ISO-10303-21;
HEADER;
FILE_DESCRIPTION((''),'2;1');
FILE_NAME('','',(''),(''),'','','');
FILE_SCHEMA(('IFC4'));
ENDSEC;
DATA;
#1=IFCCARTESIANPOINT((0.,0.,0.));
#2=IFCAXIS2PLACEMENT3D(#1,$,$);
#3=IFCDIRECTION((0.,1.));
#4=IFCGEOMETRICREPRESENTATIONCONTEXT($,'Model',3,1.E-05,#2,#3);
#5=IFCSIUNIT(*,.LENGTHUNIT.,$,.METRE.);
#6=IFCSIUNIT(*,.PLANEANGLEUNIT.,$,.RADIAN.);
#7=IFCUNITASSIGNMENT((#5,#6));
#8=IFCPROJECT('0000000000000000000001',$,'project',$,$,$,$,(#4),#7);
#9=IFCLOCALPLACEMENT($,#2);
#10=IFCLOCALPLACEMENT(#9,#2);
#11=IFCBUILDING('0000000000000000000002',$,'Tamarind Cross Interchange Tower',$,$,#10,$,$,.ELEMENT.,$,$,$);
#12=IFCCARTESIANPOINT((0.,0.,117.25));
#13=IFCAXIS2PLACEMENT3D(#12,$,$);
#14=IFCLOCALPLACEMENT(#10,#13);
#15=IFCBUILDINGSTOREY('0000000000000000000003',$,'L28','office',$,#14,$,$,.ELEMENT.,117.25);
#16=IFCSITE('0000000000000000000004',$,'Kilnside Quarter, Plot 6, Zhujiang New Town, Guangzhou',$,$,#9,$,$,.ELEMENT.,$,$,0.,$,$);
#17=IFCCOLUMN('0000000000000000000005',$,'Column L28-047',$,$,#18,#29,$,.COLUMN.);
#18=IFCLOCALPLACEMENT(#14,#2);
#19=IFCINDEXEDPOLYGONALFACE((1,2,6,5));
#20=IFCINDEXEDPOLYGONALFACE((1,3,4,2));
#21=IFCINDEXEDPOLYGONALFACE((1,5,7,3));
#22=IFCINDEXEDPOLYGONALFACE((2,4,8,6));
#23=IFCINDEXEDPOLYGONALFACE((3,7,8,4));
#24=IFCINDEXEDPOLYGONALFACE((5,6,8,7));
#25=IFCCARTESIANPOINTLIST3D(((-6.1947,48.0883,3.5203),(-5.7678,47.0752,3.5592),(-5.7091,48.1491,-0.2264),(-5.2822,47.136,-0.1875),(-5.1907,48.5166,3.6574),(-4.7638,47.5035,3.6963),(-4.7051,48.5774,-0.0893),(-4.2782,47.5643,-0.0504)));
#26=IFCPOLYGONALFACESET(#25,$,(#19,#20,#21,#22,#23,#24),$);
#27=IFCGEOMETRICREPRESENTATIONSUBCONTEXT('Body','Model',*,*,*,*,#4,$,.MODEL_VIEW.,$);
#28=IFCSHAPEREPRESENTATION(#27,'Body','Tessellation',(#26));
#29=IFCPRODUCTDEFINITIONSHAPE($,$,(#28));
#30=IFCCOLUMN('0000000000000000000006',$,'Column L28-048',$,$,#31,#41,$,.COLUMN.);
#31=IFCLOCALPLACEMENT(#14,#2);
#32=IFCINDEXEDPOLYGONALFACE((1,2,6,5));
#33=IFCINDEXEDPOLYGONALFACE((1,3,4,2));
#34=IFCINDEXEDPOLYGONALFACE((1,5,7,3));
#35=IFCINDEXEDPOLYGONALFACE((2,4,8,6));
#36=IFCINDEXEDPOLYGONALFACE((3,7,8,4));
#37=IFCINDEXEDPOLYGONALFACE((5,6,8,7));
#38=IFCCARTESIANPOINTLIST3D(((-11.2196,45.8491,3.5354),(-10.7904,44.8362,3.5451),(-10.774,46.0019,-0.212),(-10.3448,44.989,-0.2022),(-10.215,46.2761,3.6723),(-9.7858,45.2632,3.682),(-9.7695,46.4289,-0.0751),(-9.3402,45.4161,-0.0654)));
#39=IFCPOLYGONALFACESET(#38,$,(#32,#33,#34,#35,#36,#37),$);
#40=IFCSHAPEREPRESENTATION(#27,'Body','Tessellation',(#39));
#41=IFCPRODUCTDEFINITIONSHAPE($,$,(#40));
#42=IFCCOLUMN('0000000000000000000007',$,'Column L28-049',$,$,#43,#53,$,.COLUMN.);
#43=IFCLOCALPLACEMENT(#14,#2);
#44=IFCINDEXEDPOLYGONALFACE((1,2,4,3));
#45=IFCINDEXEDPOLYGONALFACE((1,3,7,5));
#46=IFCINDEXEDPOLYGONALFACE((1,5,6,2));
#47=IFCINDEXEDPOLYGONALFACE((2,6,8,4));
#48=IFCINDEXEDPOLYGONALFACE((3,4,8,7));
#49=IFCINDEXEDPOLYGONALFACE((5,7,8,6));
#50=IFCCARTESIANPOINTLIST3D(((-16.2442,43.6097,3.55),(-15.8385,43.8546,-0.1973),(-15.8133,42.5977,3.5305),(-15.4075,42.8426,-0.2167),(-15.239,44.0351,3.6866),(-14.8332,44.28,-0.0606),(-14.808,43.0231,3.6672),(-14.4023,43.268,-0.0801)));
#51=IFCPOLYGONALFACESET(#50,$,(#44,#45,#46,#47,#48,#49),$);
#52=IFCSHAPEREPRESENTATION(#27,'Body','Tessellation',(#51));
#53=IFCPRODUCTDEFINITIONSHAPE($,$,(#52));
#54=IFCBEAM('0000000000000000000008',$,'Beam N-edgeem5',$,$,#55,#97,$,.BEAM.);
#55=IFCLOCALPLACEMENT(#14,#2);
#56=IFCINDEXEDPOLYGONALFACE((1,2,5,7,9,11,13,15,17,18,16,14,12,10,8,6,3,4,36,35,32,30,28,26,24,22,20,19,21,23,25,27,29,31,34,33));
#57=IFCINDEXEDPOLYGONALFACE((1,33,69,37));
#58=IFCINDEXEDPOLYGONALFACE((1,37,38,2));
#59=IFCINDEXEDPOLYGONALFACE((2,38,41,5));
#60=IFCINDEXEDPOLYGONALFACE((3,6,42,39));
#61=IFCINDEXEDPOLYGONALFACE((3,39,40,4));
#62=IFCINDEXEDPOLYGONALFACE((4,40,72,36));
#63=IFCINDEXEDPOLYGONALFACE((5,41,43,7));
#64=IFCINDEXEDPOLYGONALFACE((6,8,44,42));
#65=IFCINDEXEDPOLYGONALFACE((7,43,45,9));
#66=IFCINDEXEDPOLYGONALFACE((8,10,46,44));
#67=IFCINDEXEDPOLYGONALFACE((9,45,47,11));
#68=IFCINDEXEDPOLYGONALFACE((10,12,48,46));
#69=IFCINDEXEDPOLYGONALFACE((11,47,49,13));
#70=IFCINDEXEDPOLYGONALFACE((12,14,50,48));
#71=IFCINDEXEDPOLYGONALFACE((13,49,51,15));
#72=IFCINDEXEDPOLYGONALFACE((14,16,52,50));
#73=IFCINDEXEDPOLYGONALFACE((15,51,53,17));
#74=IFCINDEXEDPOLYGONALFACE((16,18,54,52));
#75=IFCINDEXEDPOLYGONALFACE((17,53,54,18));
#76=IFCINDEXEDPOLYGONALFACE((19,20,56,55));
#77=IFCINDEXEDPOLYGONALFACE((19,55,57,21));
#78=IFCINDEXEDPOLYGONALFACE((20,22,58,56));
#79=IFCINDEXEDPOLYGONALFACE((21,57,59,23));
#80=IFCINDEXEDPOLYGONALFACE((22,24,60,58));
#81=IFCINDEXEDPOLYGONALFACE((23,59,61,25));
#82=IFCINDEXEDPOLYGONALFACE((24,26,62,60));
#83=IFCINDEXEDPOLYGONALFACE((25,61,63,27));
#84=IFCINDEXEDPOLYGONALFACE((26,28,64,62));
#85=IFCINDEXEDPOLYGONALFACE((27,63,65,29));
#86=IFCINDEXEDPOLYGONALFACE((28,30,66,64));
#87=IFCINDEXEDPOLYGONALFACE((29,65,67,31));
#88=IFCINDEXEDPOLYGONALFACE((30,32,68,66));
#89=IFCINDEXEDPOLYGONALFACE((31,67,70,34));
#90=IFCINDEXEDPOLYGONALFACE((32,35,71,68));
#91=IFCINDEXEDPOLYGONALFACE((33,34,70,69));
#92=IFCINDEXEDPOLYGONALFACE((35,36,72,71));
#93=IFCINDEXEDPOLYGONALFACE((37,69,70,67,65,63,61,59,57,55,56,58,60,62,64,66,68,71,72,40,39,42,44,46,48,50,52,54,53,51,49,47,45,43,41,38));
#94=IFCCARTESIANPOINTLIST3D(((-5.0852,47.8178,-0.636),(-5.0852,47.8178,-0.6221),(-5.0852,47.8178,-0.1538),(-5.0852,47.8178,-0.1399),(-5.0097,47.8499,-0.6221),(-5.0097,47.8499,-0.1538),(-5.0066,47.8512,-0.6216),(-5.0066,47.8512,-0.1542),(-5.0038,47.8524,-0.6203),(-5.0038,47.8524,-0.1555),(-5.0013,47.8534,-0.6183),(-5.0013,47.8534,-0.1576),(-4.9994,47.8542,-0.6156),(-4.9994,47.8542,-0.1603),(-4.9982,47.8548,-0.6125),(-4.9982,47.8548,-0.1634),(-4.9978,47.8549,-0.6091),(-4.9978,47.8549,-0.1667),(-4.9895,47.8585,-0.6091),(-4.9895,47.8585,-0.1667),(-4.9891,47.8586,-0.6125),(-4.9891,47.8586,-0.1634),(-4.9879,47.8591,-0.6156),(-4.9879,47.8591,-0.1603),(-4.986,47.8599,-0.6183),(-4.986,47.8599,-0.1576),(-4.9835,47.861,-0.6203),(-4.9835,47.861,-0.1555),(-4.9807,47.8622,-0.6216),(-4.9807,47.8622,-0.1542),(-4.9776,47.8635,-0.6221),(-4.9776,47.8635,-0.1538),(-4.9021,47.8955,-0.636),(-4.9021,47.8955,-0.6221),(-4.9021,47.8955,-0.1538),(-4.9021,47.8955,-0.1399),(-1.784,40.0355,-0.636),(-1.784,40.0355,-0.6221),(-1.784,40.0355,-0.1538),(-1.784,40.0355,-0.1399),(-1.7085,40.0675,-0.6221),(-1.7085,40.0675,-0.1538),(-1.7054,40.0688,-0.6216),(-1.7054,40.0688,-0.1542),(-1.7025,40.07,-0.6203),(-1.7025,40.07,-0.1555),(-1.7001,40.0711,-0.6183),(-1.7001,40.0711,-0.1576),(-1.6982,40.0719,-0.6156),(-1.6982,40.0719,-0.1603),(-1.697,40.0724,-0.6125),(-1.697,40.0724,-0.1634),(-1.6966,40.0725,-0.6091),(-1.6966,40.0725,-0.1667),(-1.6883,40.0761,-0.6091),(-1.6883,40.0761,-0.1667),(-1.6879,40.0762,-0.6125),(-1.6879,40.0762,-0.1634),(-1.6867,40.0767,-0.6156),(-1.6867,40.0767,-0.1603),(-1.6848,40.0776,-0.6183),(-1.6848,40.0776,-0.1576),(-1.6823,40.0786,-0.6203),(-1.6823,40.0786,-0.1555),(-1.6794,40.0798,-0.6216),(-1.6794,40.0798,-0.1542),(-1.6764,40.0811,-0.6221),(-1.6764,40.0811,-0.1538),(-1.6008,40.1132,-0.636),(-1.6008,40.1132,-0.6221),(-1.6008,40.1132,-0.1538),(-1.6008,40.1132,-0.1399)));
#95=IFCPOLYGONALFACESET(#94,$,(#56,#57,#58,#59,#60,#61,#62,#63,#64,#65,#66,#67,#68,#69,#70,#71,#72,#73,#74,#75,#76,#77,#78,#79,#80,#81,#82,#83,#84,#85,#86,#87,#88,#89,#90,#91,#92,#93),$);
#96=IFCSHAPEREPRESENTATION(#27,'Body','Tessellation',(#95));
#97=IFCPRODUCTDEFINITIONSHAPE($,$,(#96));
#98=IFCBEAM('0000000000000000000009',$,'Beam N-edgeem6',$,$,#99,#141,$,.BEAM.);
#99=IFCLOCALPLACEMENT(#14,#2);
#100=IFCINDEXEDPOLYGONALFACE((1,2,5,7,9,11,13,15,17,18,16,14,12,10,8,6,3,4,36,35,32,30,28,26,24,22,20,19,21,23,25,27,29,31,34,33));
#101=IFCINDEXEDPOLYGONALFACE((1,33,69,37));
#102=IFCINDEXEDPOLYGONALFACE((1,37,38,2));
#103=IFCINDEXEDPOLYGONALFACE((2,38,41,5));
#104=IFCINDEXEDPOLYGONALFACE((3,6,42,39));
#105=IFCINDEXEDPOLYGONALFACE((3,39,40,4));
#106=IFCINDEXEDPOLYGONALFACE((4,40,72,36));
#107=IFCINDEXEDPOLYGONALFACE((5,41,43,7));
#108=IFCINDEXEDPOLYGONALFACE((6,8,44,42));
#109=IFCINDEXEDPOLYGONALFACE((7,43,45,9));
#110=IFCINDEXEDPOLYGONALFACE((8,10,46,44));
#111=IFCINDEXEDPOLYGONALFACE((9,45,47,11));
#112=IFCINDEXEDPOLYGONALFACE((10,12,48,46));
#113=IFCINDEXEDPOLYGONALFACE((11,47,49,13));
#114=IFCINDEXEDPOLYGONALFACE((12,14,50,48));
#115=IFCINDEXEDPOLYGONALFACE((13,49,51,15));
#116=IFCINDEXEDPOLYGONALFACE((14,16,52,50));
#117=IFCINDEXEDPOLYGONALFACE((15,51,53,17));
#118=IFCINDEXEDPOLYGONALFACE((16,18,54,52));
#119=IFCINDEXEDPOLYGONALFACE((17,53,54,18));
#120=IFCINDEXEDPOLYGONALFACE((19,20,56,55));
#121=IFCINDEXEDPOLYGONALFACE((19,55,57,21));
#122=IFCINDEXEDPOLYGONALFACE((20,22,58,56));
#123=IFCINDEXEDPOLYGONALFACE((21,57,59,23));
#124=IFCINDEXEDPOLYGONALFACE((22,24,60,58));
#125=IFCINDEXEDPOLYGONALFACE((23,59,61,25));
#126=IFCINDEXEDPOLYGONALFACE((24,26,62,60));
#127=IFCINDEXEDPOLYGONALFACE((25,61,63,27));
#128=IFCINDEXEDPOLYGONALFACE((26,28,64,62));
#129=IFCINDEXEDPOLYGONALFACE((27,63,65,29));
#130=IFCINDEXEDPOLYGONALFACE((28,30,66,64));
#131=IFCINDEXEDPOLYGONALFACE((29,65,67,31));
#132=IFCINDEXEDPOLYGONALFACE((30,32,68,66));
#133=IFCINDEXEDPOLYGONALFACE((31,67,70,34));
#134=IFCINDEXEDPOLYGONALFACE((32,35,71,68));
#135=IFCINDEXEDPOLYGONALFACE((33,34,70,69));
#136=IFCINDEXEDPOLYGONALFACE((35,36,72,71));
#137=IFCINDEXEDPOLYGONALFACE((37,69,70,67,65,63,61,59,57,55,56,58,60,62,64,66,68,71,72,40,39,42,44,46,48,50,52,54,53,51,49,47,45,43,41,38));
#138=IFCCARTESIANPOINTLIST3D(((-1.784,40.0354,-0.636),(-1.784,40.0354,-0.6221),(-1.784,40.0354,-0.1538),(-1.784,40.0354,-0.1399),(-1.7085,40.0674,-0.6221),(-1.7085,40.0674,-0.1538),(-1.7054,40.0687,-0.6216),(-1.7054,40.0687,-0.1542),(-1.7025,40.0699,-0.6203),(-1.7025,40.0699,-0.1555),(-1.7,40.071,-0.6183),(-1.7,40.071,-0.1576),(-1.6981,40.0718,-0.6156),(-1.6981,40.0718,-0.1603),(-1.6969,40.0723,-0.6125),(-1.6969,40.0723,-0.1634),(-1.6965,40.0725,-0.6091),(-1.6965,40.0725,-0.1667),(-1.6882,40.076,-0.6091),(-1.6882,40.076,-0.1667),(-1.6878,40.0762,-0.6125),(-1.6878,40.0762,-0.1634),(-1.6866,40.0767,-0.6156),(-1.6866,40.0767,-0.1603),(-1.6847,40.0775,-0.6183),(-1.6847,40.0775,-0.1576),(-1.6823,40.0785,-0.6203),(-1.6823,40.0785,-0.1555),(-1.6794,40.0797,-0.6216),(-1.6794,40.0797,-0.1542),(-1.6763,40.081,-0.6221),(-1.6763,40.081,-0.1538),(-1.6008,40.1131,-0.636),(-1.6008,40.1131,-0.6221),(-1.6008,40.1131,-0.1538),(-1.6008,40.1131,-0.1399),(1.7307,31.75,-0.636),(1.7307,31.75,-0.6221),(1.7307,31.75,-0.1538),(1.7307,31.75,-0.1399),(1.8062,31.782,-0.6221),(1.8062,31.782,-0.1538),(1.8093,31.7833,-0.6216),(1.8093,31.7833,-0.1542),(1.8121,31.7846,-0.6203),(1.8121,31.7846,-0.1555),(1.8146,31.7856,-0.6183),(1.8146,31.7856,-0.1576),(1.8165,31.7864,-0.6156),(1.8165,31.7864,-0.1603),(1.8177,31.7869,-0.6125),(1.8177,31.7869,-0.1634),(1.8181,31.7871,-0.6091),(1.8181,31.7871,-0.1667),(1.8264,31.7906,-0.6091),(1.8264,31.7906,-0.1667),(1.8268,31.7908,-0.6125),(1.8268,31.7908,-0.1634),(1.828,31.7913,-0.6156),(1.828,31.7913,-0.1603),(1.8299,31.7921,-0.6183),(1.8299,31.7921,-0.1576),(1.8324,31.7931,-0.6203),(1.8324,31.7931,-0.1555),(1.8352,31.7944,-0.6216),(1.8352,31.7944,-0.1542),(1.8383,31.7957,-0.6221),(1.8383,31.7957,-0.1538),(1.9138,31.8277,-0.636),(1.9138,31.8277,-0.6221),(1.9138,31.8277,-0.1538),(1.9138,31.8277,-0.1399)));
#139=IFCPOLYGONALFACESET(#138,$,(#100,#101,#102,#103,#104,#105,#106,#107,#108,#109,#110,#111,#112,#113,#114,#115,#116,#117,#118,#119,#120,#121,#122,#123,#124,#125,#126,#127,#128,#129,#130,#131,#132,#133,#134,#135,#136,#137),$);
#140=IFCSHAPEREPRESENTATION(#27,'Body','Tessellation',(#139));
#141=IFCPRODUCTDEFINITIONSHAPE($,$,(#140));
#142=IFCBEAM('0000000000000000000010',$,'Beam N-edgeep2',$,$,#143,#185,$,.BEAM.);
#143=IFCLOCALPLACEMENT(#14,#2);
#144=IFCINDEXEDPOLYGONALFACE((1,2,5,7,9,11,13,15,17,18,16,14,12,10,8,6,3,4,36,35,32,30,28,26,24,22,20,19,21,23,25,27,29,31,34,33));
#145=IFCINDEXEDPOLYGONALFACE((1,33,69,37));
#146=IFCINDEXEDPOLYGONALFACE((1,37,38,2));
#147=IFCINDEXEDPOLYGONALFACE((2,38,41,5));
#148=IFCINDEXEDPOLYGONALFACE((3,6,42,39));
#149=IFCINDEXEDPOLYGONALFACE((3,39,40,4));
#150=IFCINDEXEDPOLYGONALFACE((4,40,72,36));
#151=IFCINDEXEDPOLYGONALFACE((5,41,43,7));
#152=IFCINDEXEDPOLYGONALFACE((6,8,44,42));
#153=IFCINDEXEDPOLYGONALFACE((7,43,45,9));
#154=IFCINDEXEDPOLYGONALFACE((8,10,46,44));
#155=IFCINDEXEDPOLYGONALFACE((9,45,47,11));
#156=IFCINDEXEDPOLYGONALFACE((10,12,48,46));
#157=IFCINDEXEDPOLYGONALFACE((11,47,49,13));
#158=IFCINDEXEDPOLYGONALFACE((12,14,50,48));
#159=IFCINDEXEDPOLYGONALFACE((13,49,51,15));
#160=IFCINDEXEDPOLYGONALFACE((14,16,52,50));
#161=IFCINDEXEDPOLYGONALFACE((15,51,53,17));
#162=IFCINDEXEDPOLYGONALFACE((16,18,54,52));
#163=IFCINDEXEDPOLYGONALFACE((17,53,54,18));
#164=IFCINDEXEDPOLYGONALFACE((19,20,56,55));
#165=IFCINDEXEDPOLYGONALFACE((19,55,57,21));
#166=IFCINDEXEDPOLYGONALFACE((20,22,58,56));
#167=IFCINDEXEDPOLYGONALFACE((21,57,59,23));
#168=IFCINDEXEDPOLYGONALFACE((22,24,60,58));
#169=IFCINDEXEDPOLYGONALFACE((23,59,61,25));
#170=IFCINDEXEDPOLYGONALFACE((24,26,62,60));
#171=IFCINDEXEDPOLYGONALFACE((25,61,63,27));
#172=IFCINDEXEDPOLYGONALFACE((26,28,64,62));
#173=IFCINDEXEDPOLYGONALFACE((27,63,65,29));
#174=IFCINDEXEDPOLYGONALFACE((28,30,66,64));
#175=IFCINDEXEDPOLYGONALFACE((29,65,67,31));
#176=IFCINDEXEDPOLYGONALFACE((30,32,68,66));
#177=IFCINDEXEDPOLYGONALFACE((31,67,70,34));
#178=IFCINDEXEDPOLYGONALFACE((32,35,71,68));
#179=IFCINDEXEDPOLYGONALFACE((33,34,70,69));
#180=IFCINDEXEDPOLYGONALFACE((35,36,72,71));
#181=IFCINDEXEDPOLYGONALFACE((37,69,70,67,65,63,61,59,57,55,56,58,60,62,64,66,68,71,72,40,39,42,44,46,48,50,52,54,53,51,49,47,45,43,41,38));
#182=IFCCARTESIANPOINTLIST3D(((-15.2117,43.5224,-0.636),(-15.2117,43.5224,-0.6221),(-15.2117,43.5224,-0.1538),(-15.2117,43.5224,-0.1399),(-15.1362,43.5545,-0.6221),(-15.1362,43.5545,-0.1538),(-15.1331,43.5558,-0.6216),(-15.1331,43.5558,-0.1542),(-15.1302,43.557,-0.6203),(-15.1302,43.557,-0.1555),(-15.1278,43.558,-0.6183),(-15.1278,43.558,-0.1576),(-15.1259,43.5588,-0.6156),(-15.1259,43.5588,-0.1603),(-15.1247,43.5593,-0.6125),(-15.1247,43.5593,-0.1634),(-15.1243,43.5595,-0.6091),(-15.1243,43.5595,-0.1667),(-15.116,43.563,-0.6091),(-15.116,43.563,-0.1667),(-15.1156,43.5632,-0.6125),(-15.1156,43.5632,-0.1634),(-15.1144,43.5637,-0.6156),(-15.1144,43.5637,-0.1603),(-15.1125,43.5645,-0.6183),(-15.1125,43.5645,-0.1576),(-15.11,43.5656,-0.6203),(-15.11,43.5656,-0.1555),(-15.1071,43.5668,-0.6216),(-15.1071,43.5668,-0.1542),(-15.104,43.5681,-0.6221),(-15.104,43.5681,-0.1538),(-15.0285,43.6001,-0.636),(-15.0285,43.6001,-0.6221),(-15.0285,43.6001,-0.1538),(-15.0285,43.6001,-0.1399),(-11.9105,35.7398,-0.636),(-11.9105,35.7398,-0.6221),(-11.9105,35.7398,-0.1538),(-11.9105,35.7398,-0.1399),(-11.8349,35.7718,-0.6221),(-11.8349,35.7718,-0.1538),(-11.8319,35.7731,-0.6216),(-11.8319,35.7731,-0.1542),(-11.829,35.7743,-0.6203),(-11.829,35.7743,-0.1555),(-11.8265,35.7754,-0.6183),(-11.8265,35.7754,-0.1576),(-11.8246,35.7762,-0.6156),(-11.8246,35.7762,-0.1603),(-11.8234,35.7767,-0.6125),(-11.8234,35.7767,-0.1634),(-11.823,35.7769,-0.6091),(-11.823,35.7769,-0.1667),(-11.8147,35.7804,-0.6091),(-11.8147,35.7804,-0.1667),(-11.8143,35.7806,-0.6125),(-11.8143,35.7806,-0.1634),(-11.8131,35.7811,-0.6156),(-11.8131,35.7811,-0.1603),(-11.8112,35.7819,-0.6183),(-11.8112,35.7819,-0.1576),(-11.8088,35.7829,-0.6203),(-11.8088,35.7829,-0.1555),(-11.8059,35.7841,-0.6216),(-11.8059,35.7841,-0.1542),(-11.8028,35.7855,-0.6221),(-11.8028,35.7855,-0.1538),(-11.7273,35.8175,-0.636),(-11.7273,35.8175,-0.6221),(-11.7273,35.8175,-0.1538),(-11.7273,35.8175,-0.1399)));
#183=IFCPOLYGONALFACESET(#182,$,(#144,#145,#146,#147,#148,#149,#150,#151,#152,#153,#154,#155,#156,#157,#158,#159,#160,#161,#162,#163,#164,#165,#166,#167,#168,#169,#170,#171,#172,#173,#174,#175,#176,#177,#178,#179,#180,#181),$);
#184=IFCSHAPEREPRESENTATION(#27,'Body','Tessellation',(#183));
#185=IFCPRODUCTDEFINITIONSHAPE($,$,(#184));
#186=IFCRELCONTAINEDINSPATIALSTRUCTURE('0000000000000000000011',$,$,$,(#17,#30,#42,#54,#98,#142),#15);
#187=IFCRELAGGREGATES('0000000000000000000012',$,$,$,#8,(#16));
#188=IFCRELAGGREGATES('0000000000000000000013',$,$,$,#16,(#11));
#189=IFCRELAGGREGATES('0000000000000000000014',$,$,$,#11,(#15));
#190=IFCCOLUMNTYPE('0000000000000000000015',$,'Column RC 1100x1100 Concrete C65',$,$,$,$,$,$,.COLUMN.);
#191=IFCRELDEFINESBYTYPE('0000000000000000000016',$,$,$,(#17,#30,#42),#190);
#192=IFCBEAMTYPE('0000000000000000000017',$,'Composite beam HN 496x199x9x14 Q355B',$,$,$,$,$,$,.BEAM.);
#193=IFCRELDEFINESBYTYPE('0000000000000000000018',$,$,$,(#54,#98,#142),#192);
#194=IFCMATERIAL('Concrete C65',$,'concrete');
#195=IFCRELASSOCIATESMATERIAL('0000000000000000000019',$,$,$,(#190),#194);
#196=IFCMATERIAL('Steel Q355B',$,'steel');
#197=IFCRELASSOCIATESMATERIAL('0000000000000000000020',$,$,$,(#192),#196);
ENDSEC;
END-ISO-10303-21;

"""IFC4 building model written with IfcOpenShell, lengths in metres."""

from ifc_helpers import new_model, si_unit, direction, frame, origin, origin_2d, place, context, subcontext, project, spatial, rectangle, i_section, extrude, material, material_profile, profile_set, type_object, element, save


model = new_model("IFC4")

# Units and contexts
model_context = context("Model", 3, precision=1e-05, world=origin(), true_north=direction((0.0, 1.0)))
body_context = subcontext(model_context, "Body", "Model", "MODEL_VIEW")
ifc_project = project(units=[si_unit("LENGTHUNIT", "METRE"), si_unit("PLANEANGLEUNIT", "RADIAN")], contexts=[model_context])

# Site, building, storey
site_placement = place(None, origin())
site = spatial("IfcSite", under=ifc_project, at=site_placement, Name="Kilnside Quarter, Plot 6, Zhujiang New Town, Guangzhou", CompositionType="ELEMENT", RefElevation=0.0)
building_placement = place(site_placement, origin())
building = spatial("IfcBuilding", under=site, at=building_placement, Name="Tamarind Cross Interchange Tower", CompositionType="ELEMENT")
storey_placement = place(building_placement, frame((0.0, 0.0, 117.25)))
storey = spatial("IfcBuildingStorey", under=building, at=storey_placement, Name="L28", Description="office", CompositionType="ELEMENT", Elevation=117.25)

# Columns
ifc_material_1 = material(Name="Concrete C65", Category="concrete")
ifc_material_profile_1 = material_profile(ifc_material_1, rectangle(XDim=1.1001, YDim=1.1001, at=origin_2d()), Name="RC 1100x1100")
ifc_profile_set_1 = profile_set([ifc_material_profile_1], Name="Concrete C65")
column_type = type_object("IfcColumnType", Name="Column RC 1100x1100 Concrete C65", PredefinedType="COLUMN", material=ifc_profile_set_1)
column_1_placement = place(storey_placement, frame((-4.9937, 47.8567, -0.1384), z_axis=(-0.12851, -0.016088, 0.991578), x_axis=(0.388083, -0.920946, 0.035354)))
element("IfcColumn", 1, at=column_1_placement, inside=storey, type_object=column_type, Name="Column L28-047", PredefinedType="COLUMN", context=body_context, shape_type="SweptSolid", body=[
    extrude(rectangle(XDim=1.1001, YDim=1.1001, at=origin_2d()), origin(), (0.0, 0.0, 1.0), 3.7786),
])
column_2_placement = place(storey_placement, frame((-10.0571, 45.709, -0.1387), z_axis=(-0.117972, -0.040466, 0.992192), x_axis=(0.390162, -0.920704, 0.00884)))
element("IfcColumn", 2, at=column_2_placement, inside=storey, type_object=column_type, Name="Column L28-048", PredefinedType="COLUMN", context=body_context, shape_type="SweptSolid", body=[
    extrude(rectangle(XDim=1.1001, YDim=1.1001, at=origin_2d()), origin(), (0.0, 0.0, 1.0), 3.7769),
])
column_3_placement = place(storey_placement, frame((-15.1204, 43.5613, -0.1387), z_axis=(-0.107425, -0.06483, 0.992097), x_axis=(0.913791, 0.386726, 0.124217)))
element("IfcColumn", 3, at=column_3_placement, inside=storey, type_object=column_type, Name="Column L28-049", PredefinedType="COLUMN", context=body_context, shape_type="SweptSolid", body=[
    extrude(rectangle(XDim=1.1001, YDim=1.1001, at=origin_2d()), origin(), (0.0, 0.0, 1.0), 3.7771),
])

# Beams
ifc_material_2 = material(Name="Steel Q355B", Category="steel")
ifc_material_profile_2 = material_profile(ifc_material_2, i_section(OverallWidth=0.199, OverallDepth=0.4961, WebThickness=0.009, FlangeThickness=0.0139, FilletRadius=0.0129, at=origin_2d()), Name="HN 496x199x9x14")
ifc_profile_set_2 = profile_set([ifc_material_profile_2], Name="Steel Q355B")
beam_type_1 = type_object("IfcBeamType", Name="Composite beam HN 496x199x9x14 Q355B", PredefinedType="BEAM", material=ifc_profile_set_2)
beam_1_placement = place(storey_placement, frame((-4.9937, 47.8567, -0.3879), z_axis=(0.390511, -0.920598, 0.0), x_axis=(0.920598, 0.390511, 0.0)))
element("IfcBeam", 4, at=beam_1_placement, inside=storey, type_object=beam_type_1, Name="Beam N-edgeem5", PredefinedType="BEAM", context=body_context, shape_type="SweptSolid", body=[
    extrude(i_section(OverallWidth=0.199, OverallDepth=0.4961, WebThickness=0.009, FlangeThickness=0.0139, FilletRadius=0.0129, at=origin_2d()), origin(), (0.0, 0.0, 1.0), 8.4536),
])
beam_2_placement = place(storey_placement, frame((-1.6924, 40.0742, -0.3879), z_axis=(0.390515, -0.920597, 0.0), x_axis=(0.920597, 0.390515, 0.0)))
element("IfcBeam", 5, at=beam_2_placement, inside=storey, type_object=beam_type_1, Name="Beam N-edgeem6", PredefinedType="BEAM", context=body_context, shape_type="SweptSolid", body=[
    extrude(i_section(OverallWidth=0.199, OverallDepth=0.4961, WebThickness=0.009, FlangeThickness=0.0139, FilletRadius=0.0129, at=origin_2d()), origin(), (0.0, 0.0, 1.0), 9.0),
])
beam_3_placement = place(storey_placement, frame((-15.1201, 43.5613, -0.3879), z_axis=(0.390501, -0.920603, 0.0), x_axis=(0.920603, 0.390501, 0.0)))
element("IfcBeam", 6, at=beam_3_placement, inside=storey, type_object=beam_type_1, Name="Beam N-edgeep2", PredefinedType="BEAM", context=body_context, shape_type="SweptSolid", body=[
    extrude(i_section(OverallWidth=0.199, OverallDepth=0.4961, WebThickness=0.009, FlangeThickness=0.0139, FilletRadius=0.0129, at=origin_2d()), origin(), (0.0, 0.0, 1.0), 8.4539),
])

save(model, "model.ifc")
